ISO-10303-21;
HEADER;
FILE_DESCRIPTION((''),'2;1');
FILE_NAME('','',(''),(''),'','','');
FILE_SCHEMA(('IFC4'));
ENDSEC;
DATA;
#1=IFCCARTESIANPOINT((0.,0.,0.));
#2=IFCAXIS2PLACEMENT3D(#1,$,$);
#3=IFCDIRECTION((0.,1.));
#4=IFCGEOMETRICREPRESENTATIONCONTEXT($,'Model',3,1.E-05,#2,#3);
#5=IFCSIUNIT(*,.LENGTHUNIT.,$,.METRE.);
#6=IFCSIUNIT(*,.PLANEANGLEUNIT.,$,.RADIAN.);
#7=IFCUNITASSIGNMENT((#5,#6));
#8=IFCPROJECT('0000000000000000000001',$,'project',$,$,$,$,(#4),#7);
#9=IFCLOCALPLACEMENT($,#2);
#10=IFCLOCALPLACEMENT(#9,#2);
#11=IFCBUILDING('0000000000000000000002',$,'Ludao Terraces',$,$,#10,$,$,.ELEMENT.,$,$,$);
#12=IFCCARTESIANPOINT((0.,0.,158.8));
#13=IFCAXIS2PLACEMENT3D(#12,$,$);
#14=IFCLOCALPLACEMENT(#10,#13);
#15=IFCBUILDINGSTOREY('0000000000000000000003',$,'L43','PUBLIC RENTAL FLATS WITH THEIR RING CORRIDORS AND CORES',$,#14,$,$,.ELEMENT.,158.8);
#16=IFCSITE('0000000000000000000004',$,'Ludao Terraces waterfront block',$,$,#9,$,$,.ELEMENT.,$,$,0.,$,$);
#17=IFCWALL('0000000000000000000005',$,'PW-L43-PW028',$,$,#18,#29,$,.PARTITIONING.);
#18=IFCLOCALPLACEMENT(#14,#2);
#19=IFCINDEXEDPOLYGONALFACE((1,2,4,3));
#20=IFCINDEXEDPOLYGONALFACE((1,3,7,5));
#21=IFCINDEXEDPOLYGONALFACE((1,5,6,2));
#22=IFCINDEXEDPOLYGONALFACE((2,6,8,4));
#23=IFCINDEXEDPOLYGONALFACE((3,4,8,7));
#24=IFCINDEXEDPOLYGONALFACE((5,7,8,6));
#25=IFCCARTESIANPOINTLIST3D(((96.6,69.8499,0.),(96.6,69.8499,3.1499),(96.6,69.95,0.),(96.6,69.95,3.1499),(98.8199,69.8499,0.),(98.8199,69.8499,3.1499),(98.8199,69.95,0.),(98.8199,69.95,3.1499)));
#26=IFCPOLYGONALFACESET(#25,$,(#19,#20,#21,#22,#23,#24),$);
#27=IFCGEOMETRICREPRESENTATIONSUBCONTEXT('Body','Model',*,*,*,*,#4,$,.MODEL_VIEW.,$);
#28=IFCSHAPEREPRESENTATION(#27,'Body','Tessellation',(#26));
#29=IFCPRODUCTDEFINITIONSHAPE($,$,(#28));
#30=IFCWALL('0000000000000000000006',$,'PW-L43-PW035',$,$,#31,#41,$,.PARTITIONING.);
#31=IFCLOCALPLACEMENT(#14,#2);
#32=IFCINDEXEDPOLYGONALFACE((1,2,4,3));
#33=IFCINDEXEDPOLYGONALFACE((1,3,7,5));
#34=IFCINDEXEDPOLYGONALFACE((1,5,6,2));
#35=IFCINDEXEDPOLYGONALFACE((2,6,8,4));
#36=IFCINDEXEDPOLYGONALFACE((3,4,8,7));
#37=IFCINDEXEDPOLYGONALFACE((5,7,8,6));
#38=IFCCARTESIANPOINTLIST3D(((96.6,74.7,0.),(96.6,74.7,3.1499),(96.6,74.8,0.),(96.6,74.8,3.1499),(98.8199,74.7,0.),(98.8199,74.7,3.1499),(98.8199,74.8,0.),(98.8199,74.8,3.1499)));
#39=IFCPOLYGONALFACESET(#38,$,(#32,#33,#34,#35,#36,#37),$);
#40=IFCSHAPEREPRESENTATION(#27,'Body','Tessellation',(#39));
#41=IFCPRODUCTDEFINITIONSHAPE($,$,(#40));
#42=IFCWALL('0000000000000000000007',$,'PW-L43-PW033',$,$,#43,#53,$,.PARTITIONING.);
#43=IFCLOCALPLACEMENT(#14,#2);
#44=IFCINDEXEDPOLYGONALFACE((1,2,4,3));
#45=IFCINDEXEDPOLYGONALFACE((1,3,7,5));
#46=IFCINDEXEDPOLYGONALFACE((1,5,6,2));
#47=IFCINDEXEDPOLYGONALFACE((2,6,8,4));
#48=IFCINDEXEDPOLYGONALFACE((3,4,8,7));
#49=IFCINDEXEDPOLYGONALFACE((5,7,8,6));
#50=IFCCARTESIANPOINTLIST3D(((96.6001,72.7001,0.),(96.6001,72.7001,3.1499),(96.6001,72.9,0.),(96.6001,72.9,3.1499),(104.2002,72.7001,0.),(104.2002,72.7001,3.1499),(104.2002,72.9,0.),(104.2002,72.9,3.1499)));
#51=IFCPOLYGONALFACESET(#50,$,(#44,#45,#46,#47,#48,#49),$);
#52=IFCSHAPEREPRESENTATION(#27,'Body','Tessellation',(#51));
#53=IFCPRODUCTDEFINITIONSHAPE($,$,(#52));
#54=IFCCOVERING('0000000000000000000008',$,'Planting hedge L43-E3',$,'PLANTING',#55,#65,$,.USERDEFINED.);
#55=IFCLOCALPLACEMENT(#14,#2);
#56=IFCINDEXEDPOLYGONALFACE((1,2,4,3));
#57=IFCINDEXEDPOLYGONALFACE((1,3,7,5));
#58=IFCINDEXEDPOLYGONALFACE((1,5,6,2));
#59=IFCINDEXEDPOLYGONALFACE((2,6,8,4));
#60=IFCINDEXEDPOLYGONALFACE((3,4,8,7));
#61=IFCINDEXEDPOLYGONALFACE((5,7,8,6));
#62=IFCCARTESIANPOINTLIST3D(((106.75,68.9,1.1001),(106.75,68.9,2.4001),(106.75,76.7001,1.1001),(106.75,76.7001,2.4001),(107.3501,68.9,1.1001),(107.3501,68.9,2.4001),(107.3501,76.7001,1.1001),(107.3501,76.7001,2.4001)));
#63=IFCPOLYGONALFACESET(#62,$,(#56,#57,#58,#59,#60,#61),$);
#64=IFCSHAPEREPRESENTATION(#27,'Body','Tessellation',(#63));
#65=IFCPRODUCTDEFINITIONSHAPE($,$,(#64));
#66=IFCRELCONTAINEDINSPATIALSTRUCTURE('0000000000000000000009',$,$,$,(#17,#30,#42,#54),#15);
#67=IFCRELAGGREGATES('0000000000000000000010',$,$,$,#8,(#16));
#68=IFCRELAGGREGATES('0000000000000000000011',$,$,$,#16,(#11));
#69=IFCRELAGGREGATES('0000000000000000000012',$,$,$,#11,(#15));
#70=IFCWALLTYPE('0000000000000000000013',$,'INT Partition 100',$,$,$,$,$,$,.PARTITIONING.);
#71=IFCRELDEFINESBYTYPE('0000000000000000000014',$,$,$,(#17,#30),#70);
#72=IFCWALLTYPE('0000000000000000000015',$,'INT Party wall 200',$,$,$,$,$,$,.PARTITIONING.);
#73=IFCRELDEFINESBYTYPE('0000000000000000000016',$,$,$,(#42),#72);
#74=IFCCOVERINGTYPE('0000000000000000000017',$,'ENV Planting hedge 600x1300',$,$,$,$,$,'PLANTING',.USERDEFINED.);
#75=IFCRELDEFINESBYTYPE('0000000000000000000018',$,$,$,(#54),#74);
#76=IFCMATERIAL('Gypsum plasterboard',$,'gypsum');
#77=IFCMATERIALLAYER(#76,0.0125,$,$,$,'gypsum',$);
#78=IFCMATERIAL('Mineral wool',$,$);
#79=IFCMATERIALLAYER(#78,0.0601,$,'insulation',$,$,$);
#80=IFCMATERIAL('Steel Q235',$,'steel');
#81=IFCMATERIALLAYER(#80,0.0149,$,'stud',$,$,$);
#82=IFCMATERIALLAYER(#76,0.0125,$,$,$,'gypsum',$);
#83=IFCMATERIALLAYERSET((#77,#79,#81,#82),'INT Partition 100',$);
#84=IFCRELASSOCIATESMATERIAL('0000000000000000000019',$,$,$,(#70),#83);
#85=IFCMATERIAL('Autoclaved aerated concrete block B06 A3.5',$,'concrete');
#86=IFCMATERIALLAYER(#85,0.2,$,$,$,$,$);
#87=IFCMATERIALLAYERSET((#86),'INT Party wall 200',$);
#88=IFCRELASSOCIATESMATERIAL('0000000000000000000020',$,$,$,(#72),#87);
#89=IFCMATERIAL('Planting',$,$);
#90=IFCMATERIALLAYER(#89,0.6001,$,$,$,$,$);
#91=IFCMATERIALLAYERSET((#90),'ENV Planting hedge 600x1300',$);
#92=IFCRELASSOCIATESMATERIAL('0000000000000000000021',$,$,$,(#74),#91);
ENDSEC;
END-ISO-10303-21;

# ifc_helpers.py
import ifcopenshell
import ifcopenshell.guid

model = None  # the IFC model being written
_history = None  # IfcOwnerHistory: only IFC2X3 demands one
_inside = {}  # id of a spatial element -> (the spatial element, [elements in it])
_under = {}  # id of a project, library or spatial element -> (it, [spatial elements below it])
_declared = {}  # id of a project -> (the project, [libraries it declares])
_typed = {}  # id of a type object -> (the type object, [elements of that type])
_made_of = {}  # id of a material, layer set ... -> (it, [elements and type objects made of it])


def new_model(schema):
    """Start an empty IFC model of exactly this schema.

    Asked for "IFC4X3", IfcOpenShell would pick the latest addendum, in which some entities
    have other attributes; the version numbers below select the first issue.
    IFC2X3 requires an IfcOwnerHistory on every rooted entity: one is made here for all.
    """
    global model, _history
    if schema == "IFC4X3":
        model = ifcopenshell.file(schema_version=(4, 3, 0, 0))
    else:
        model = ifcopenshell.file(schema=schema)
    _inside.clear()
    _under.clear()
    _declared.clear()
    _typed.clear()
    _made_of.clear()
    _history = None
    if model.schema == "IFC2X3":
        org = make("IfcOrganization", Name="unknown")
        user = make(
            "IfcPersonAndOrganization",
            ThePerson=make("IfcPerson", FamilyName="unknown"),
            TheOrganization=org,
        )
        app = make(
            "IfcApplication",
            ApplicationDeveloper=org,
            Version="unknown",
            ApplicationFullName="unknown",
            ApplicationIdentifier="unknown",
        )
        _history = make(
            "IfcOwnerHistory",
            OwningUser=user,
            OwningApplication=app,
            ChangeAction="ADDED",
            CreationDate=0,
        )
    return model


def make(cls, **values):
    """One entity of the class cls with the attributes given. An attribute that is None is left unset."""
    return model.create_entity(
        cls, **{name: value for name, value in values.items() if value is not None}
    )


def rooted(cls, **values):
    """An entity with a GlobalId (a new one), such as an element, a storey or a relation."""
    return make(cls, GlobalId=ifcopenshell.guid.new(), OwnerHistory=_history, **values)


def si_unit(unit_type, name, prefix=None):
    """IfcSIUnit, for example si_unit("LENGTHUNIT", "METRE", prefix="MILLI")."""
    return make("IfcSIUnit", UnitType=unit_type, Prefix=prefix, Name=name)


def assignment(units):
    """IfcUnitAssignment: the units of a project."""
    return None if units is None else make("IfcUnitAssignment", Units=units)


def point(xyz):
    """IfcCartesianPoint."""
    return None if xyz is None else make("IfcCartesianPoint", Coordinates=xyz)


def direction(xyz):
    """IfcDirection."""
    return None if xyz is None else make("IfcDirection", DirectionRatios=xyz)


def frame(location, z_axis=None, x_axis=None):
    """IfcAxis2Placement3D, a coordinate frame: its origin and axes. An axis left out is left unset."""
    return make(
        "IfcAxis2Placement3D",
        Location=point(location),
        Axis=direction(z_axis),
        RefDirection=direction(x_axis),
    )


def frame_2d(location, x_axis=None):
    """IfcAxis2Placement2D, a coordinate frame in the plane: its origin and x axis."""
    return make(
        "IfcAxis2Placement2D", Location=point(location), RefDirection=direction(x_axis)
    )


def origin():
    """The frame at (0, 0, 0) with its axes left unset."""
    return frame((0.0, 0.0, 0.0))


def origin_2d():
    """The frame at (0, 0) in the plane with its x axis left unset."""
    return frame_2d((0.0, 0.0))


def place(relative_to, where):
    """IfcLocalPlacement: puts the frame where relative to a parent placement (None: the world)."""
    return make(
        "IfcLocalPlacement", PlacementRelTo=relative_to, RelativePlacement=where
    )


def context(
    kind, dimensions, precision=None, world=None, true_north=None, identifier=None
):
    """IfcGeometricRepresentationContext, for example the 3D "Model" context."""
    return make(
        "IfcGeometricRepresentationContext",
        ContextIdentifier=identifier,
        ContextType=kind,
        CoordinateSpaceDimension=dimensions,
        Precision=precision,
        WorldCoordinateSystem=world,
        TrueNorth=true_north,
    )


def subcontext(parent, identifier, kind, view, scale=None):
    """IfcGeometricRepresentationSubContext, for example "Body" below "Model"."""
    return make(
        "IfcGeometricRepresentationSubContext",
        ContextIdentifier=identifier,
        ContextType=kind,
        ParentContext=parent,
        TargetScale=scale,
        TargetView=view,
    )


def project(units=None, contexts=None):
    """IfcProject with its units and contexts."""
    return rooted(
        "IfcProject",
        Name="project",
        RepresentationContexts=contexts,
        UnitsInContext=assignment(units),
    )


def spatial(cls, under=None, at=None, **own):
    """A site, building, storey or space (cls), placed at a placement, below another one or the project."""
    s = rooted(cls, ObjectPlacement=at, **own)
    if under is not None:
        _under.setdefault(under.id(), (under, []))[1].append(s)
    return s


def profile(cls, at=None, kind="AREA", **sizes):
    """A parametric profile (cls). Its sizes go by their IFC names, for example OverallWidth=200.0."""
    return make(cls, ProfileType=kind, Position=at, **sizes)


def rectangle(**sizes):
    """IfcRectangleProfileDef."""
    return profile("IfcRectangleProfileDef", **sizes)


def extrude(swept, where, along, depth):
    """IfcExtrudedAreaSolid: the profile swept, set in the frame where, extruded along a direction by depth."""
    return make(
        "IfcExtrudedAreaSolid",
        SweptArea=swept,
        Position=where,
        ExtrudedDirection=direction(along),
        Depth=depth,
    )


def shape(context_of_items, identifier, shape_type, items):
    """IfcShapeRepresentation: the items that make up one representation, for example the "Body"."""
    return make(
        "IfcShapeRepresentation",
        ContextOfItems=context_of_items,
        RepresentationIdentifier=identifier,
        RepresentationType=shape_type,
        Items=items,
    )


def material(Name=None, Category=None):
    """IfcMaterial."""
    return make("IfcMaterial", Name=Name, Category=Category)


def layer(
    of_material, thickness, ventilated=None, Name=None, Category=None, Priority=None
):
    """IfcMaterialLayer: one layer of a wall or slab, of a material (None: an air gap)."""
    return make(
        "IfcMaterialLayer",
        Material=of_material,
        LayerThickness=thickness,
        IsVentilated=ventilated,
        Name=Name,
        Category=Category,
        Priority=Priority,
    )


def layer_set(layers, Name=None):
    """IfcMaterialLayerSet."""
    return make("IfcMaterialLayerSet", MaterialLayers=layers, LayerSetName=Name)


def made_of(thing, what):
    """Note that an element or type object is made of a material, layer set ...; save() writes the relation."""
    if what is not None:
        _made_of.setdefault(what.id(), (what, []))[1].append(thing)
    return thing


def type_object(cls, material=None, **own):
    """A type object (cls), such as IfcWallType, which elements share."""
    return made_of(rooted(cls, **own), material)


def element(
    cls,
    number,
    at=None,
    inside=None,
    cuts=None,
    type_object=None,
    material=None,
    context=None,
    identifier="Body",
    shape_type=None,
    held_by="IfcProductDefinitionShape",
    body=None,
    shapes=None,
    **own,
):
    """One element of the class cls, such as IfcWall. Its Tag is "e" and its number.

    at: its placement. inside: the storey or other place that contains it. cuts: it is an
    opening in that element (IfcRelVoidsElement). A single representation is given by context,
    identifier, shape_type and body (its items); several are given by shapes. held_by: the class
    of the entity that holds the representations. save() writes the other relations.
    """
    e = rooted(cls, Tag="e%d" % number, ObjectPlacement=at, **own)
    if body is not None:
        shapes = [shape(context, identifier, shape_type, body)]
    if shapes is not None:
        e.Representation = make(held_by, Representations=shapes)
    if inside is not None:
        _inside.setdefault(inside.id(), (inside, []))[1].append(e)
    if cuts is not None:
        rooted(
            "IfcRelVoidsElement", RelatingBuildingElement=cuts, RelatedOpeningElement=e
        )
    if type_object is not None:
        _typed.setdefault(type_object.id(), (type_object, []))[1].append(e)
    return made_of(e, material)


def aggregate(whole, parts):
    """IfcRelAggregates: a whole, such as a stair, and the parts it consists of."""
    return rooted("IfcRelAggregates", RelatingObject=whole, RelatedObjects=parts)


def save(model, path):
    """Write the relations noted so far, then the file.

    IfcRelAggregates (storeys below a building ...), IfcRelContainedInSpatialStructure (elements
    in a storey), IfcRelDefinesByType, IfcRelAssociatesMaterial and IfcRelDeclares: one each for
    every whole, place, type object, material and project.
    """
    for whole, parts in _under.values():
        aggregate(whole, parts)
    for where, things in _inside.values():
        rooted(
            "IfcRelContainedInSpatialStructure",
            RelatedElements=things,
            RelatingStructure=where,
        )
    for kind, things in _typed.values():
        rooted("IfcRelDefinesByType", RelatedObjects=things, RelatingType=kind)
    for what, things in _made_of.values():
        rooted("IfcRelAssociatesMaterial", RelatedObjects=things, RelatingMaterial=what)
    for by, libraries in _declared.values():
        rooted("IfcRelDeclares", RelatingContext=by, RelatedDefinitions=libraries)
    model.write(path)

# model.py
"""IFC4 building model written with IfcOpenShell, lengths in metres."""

from ifc_helpers import new_model, si_unit, direction, frame, frame_2d, origin, origin_2d, place, context, subcontext, project, spatial, rectangle, extrude, material, layer, layer_set, type_object, element, save


model = new_model("IFC4")

# Units and contexts
model_context = context("Model", 3, precision=1e-05, world=origin(), true_north=direction((0.0, 1.0)))
body_context = subcontext(model_context, "Body", "Model", "MODEL_VIEW")
ifc_project = project(units=[si_unit("LENGTHUNIT", "METRE"), si_unit("PLANEANGLEUNIT", "RADIAN")], contexts=[model_context])

# Site, building, storey
site_placement = place(None, origin())
site = spatial("IfcSite", under=ifc_project, at=site_placement, Name="Ludao Terraces waterfront block", CompositionType="ELEMENT", RefElevation=0.0)
building_placement = place(site_placement, origin())
building = spatial("IfcBuilding", under=site, at=building_placement, Name="Ludao Terraces", CompositionType="ELEMENT")
storey_placement = place(building_placement, frame((0.0, 0.0, 158.8)))
storey = spatial("IfcBuildingStorey", under=building, at=storey_placement, Name="L43", Description="PUBLIC RENTAL FLATS WITH THEIR RING CORRIDORS AND CORES", CompositionType="ELEMENT", Elevation=158.8)

# Shared definitions
ifc_material_1 = material(Name="Mineral wool")

# Walls
ifc_material_2 = material(Name="Gypsum plasterboard", Category="gypsum")
ifc_layer_1 = layer(ifc_material_2, 0.0125, Category="gypsum")
ifc_layer_2 = layer(ifc_material_1, 0.0601, Name="insulation")
ifc_material_3 = material(Name="Steel Q235", Category="steel")
ifc_layer_3 = layer(ifc_material_3, 0.0149, Name="stud")
ifc_layer_4 = layer(ifc_material_2, 0.0125, Category="gypsum")
ifc_layer_set_1 = layer_set([ifc_layer_1, ifc_layer_2, ifc_layer_3, ifc_layer_4], Name="INT Partition 100")
wall_type_1 = type_object("IfcWallType", Name="INT Partition 100", PredefinedType="PARTITIONING", material=ifc_layer_set_1)
for number, where, z_axis, x_axis, name in (
    (1, (96.6001, 69.8999, 0.0), (0.0, 0.0, 1.0), (1.0, 0.0, 0.0), "PW-L43-PW028"),
    (2, (96.6001, 74.75, 0.0), (0.0, 0.0, 1.0), (1.0, 0.0, 0.0), "PW-L43-PW035"),
):
    element("IfcWall", number, at=place(storey_placement, frame(where, z_axis=z_axis, x_axis=x_axis)), inside=storey, type_object=wall_type_1, Name=name, PredefinedType="PARTITIONING", context=body_context, shape_type="SweptSolid", body=[
        extrude(rectangle(XDim=2.22, YDim=0.1001, at=frame_2d((1.1099, 0.0))), origin(), (0.0, 0.0, 1.0), 3.1499),
    ])
ifc_material_4 = material(Name="Autoclaved aerated concrete block B06 A3.5", Category="concrete")
ifc_layer_5 = layer(ifc_material_4, 0.2)
ifc_layer_set_2 = layer_set([ifc_layer_5], Name="INT Party wall 200")
wall_type_2 = type_object("IfcWallType", Name="INT Party wall 200", PredefinedType="PARTITIONING", material=ifc_layer_set_2)
wall_1_placement = place(storey_placement, frame((96.6001, 72.8, 0.0), z_axis=(0.0, 0.0, 1.0), x_axis=(1.0, 0.0, 0.0)))
element("IfcWall", 3, at=wall_1_placement, inside=storey, type_object=wall_type_2, Name="PW-L43-PW033", PredefinedType="PARTITIONING", context=body_context, shape_type="SweptSolid", body=[
    extrude(rectangle(XDim=7.6001, YDim=0.2, at=frame_2d((3.8, 0.0))), origin(), (0.0, 0.0, 1.0), 3.1499),
])

# Covering
ifc_material_5 = material(Name="Planting")
ifc_layer_6 = layer(ifc_material_5, 0.6001)
ifc_layer_set_3 = layer_set([ifc_layer_6], Name="ENV Planting hedge 600x1300")
covering_type = type_object("IfcCoveringType", Name="ENV Planting hedge 600x1300", ElementType="PLANTING", PredefinedType="USERDEFINED", material=ifc_layer_set_3)
covering_placement = place(storey_placement, frame((107.05, 72.8, 1.1001), z_axis=(0.0, 0.0, 1.0), x_axis=(1.0, 0.0, 0.0)))
element("IfcCovering", 4, at=covering_placement, inside=storey, type_object=covering_type, Name="Planting hedge L43-E3", ObjectType="PLANTING", PredefinedType="USERDEFINED", context=body_context, shape_type="SweptSolid", body=[
    extrude(rectangle(XDim=0.6001, YDim=7.8, at=origin_2d()), origin(), (0.0, 0.0, 1.0), 1.3),
])

save(model, "model.ifc")
